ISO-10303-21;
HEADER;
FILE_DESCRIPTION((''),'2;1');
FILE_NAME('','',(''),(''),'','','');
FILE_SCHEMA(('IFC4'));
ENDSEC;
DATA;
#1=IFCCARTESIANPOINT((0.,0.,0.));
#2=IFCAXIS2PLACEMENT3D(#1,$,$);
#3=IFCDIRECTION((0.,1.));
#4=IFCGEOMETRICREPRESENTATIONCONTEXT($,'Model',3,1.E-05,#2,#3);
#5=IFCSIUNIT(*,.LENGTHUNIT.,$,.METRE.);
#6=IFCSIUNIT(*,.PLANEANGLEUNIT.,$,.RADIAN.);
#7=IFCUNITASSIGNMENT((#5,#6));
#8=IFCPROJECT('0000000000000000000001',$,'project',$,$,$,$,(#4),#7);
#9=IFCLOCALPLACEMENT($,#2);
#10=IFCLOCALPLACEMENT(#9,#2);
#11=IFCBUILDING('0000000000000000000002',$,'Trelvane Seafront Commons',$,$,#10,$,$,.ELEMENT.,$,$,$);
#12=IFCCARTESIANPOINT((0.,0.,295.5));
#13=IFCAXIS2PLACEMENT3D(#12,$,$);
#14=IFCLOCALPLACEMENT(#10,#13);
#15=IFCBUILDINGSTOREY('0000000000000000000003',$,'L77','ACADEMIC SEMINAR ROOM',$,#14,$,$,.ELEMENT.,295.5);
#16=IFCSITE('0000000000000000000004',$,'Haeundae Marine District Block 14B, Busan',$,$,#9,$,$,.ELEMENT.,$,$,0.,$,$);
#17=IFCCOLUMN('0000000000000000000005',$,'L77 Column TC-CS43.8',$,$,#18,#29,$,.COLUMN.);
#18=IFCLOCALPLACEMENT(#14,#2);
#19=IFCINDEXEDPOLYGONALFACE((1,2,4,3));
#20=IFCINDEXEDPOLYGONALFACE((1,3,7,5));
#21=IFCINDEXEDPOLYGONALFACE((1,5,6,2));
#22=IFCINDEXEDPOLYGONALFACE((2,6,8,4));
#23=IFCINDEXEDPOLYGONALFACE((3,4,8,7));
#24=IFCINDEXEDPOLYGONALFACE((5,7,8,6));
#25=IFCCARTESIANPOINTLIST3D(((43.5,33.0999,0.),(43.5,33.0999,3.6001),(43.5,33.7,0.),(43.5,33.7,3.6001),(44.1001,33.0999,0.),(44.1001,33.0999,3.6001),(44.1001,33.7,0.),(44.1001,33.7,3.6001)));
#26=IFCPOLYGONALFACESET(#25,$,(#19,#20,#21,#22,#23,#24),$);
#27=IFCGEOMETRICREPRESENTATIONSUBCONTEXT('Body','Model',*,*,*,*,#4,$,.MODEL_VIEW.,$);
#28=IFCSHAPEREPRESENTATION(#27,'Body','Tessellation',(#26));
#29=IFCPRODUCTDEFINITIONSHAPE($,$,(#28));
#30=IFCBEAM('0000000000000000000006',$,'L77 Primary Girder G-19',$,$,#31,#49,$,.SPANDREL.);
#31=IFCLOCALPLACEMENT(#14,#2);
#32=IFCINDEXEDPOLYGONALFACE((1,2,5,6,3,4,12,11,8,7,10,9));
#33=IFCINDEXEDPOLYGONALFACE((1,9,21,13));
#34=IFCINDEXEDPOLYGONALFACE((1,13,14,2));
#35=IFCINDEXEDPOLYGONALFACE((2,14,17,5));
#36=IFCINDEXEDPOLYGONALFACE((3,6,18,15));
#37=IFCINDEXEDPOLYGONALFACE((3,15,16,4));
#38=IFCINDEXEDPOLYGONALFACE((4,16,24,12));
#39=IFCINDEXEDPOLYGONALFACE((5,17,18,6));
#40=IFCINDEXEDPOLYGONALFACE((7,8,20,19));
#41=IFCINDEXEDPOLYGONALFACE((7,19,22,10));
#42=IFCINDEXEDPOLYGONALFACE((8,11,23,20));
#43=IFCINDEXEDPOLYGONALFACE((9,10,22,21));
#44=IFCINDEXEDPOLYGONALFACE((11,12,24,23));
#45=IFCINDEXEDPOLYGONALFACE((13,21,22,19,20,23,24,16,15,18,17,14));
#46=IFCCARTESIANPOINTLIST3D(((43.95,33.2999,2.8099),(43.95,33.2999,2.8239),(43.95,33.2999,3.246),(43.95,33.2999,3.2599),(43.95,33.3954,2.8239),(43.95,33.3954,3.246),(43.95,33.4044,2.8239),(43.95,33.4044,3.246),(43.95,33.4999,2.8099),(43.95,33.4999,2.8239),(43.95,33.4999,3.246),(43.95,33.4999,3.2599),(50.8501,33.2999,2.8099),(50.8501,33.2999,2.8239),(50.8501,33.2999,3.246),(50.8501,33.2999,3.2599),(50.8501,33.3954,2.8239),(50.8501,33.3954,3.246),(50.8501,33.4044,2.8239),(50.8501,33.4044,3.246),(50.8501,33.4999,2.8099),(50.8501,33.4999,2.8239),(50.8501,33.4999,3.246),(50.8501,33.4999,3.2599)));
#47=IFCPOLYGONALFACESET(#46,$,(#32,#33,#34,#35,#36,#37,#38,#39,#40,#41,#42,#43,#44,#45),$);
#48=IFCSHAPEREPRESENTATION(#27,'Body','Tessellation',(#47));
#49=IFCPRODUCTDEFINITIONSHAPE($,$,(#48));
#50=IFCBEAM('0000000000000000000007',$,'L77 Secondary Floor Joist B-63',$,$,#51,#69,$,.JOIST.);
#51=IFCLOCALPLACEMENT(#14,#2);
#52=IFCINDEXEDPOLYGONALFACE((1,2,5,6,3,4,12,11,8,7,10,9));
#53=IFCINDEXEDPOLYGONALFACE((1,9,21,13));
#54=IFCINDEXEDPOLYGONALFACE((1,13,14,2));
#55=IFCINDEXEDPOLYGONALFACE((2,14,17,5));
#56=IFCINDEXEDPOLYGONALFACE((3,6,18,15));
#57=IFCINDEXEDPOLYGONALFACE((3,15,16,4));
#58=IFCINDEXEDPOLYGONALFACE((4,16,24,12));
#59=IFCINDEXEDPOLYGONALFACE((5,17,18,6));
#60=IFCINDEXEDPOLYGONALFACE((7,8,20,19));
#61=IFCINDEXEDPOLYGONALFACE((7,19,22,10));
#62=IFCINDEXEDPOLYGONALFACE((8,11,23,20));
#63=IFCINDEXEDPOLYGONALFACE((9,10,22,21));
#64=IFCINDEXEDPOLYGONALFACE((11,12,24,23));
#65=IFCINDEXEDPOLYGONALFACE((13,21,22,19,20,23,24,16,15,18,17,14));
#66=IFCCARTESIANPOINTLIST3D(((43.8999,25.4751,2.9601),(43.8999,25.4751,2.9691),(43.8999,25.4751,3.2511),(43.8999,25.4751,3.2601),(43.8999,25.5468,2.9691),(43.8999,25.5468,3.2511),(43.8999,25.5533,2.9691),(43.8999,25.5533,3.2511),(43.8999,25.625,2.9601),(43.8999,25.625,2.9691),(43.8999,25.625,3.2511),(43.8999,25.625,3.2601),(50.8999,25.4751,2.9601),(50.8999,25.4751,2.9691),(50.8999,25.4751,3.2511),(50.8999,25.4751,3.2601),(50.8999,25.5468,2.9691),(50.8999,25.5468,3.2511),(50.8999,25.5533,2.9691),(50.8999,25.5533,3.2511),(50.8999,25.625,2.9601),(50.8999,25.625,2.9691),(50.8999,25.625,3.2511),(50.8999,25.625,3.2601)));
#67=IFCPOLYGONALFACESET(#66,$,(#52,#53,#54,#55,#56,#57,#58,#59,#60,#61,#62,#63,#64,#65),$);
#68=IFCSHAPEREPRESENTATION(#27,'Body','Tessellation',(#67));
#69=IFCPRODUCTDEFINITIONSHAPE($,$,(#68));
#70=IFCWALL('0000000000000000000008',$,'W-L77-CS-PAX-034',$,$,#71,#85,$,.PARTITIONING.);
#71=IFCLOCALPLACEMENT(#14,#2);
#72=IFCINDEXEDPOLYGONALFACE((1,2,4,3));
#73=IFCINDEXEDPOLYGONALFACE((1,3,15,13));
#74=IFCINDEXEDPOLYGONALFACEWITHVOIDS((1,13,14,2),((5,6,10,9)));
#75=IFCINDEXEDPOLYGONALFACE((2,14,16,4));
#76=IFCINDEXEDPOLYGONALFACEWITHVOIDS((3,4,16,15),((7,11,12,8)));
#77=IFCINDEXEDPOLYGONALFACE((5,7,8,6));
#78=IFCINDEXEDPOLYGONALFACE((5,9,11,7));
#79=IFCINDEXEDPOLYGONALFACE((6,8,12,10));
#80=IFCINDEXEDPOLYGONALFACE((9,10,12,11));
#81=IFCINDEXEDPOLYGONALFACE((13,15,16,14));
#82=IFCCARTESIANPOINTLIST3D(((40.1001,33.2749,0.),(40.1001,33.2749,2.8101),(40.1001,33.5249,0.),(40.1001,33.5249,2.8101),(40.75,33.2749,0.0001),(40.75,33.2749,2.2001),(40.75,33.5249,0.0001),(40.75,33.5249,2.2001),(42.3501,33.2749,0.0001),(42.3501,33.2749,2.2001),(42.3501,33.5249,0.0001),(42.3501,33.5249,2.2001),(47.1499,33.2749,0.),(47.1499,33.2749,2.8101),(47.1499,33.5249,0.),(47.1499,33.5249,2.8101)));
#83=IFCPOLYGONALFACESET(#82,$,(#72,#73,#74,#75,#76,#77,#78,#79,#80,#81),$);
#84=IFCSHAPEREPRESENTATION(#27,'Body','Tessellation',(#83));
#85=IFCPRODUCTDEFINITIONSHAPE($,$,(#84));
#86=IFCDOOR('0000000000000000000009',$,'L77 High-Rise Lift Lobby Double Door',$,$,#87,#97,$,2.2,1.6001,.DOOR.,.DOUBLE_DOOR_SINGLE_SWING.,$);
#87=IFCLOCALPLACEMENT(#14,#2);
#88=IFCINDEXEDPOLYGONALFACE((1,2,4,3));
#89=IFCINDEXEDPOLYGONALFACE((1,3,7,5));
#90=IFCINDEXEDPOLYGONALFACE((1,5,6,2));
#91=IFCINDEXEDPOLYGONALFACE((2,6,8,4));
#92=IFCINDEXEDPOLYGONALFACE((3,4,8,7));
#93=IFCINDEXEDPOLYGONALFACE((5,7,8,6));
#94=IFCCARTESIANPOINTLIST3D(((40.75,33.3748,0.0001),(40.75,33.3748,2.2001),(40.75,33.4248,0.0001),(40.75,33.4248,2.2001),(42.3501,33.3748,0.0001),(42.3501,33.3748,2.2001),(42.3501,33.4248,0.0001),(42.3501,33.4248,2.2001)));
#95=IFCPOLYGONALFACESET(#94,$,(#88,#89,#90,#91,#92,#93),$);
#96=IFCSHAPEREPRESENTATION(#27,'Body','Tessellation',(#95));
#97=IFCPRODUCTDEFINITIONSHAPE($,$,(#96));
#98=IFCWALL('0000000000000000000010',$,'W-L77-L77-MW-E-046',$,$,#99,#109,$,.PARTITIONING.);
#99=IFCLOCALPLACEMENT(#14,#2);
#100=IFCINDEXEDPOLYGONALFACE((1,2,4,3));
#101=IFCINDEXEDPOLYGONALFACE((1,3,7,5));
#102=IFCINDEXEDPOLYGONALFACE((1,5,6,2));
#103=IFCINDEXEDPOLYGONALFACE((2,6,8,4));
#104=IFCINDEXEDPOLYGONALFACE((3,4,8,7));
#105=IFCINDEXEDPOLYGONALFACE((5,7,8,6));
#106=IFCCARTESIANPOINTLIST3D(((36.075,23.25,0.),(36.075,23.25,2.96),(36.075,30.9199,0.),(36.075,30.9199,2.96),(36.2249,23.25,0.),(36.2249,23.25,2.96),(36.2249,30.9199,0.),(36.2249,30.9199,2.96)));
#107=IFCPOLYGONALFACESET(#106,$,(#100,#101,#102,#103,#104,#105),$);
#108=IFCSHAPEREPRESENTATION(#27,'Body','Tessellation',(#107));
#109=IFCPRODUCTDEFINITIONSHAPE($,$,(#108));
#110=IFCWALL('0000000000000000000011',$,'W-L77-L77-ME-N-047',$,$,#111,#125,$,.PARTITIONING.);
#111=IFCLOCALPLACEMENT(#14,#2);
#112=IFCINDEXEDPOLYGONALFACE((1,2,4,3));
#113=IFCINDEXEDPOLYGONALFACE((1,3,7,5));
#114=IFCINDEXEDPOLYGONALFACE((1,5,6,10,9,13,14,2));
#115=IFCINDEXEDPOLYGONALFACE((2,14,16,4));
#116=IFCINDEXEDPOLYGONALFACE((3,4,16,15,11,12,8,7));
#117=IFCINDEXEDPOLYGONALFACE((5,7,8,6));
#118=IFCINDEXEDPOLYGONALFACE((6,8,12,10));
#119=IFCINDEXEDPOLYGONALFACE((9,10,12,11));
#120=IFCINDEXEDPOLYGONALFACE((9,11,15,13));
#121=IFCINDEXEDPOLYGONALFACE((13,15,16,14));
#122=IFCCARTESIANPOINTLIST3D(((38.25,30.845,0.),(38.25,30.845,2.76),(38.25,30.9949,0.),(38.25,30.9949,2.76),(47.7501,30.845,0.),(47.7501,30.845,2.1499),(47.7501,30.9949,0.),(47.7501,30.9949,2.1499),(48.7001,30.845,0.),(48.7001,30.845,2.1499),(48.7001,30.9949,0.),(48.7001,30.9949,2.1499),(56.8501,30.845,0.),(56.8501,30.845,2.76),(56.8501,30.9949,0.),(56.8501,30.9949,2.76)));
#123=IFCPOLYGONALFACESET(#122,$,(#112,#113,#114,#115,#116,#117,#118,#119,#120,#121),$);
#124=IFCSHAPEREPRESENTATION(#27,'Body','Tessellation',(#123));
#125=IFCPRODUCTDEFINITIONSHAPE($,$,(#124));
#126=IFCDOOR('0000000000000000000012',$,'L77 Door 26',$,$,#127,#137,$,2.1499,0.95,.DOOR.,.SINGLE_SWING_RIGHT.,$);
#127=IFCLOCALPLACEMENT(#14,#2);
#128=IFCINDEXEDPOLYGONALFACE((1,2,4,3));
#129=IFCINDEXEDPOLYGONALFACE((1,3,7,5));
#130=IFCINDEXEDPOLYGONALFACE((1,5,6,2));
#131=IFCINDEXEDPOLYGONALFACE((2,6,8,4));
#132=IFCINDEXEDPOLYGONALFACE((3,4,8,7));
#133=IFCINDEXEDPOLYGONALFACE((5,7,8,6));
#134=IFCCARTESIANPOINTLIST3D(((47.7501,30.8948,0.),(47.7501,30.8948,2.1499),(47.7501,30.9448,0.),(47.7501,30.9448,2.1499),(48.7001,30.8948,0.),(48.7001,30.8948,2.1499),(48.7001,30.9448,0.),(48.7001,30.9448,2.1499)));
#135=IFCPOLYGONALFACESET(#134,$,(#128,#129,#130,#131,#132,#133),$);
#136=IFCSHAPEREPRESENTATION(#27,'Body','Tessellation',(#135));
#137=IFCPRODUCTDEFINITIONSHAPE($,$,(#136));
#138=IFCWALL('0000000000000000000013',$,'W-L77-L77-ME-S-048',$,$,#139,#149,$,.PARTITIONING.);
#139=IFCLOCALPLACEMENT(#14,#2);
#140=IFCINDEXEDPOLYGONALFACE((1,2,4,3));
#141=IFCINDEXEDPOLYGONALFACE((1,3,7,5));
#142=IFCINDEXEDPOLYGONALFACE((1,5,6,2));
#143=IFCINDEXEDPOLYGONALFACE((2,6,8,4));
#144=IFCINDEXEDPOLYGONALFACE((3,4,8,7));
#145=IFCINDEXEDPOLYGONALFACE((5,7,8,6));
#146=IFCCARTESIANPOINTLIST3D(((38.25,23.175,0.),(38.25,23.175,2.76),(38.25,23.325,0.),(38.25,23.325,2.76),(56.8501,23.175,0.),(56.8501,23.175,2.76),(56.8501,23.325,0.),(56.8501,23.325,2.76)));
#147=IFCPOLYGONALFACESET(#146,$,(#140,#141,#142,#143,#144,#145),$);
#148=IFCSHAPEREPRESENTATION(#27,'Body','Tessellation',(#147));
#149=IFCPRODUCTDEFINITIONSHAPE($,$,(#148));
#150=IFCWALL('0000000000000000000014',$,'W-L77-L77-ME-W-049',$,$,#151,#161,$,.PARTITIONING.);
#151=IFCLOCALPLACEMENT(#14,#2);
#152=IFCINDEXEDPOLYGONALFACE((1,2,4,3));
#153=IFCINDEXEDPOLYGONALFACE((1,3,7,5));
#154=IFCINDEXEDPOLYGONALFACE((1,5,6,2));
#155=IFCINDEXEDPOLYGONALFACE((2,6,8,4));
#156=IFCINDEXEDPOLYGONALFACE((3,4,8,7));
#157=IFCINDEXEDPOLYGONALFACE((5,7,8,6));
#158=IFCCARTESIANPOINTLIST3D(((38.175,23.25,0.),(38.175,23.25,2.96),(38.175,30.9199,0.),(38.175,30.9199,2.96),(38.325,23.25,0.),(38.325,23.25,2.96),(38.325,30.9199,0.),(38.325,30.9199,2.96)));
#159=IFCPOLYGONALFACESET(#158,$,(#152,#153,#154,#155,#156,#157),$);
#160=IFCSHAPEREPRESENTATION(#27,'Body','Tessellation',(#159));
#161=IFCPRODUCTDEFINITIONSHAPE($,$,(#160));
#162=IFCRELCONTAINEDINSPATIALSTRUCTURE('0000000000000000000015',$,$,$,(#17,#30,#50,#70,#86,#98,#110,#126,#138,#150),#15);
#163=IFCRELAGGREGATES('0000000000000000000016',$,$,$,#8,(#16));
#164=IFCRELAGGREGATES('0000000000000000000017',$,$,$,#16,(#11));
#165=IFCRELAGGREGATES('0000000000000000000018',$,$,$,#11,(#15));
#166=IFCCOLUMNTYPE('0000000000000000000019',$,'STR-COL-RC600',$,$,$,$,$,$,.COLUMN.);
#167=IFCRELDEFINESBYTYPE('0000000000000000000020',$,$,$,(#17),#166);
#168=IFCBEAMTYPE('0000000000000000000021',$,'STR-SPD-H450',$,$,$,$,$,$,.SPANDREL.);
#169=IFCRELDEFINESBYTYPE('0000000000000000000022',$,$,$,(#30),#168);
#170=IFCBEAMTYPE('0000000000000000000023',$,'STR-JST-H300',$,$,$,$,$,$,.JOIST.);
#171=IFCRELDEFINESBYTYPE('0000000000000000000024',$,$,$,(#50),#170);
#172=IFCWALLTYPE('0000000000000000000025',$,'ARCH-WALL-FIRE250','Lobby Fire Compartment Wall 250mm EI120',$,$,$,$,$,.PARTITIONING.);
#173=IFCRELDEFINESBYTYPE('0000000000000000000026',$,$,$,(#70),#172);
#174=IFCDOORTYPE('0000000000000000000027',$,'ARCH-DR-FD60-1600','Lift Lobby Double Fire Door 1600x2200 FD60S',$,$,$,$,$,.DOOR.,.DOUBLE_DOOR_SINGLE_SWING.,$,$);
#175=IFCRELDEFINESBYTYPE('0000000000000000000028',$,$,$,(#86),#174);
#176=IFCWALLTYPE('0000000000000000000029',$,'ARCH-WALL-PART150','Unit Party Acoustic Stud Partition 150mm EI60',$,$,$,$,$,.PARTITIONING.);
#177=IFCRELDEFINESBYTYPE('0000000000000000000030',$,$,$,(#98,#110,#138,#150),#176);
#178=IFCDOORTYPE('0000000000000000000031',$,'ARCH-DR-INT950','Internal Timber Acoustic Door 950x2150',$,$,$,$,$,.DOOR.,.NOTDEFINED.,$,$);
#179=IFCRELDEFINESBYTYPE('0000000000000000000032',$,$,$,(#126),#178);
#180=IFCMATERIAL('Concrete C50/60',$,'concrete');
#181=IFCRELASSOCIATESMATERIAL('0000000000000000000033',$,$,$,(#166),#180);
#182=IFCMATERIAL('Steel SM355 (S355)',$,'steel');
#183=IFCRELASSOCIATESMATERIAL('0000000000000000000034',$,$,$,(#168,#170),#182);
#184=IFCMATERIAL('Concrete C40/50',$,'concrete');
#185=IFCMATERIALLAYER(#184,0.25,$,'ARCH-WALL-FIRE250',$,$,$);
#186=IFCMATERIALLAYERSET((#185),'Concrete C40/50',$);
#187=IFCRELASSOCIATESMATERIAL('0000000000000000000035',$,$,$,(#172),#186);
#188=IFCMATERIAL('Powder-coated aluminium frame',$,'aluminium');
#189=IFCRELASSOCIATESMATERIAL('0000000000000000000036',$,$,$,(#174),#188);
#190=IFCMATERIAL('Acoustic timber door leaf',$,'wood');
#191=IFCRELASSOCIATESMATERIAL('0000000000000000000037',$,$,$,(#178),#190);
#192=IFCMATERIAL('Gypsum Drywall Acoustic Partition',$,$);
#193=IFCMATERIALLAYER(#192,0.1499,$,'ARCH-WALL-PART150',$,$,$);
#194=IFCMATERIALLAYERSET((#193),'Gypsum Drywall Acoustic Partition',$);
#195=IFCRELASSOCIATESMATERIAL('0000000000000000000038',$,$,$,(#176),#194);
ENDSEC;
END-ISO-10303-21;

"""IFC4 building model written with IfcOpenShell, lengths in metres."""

from ifc_helpers import new_model, si_unit, direction, frame, frame_2d, origin, origin_2d, place, context, subcontext, project, spatial, rectangle, i_section, extrude, source, transform, mapped, material, layer, layer_set, material_profile, profile_set, type_object, element, fill, save


model = new_model("IFC4")

# Units and contexts
model_context = context("Model", 3, precision=1e-05, world=origin(), true_north=direction((0.0, 1.0)))
body_context = subcontext(model_context, "Body", "Model", "MODEL_VIEW")
ifc_project = project(units=[si_unit("LENGTHUNIT", "METRE"), si_unit("PLANEANGLEUNIT", "RADIAN")], contexts=[model_context])

# Site, building, storey
site_placement = place(None, origin())
site = spatial("IfcSite", under=ifc_project, at=site_placement, Name="Haeundae Marine District Block 14B, Busan", CompositionType="ELEMENT", RefElevation=0.0)
building_placement = place(site_placement, origin())
building = spatial("IfcBuilding", under=site, at=building_placement, Name="Trelvane Seafront Commons", CompositionType="ELEMENT")
storey_placement = place(building_placement, frame((0.0, 0.0, 295.5)))
storey = spatial("IfcBuildingStorey", under=building, at=storey_placement, Name="L77", Description="ACADEMIC SEMINAR ROOM", CompositionType="ELEMENT", Elevation=295.5)

# Column
ifc_material_1 = material(Name="Concrete C50/60", Category="concrete")
ifc_material_profile_1 = material_profile(ifc_material_1, rectangle(XDim=0.6001, YDim=0.6001, at=origin_2d()), Name="RC-600x600")
ifc_profile_set_1 = profile_set([ifc_material_profile_1], Name="Concrete C50/60")
column_type = type_object("IfcColumnType", Name="STR-COL-RC600", PredefinedType="COLUMN", material=ifc_profile_set_1)
shared_shape_1 = source(origin(), body_context, "Body", "SweptSolid", [
    extrude(rectangle(XDim=0.6001, YDim=0.6001, at=origin_2d()), origin(), (0.0, 0.0, 1.0), 3.6001),
])
column_placement = place(storey_placement, frame((43.8, 33.3999, 0.0), z_axis=(0.0, 0.0, 1.0), x_axis=(1.0, 0.0, 0.0)))
element("IfcColumn", 1, at=column_placement, inside=storey, type_object=column_type, Name="L77 Column TC-CS43.8", PredefinedType="COLUMN", context=body_context, shape_type="MappedRepresentation", body=[
    mapped(shared_shape_1, transform((0.0, 0.0, 0.0), x_axis=(1.0, 0.0, 0.0), y_axis=(0.0, 1.0, 0.0), z_axis=(0.0, 0.0, 1.0), scale=1.0)),
])

# Beams
ifc_material_2 = material(Name="Steel SM355 (S355)", Category="steel")
ifc_material_profile_2 = material_profile(ifc_material_2, i_section(OverallWidth=0.2, OverallDepth=0.45, WebThickness=0.009, FlangeThickness=0.0139, at=origin_2d()), Name="H-450x200x9x14")
ifc_profile_set_2 = profile_set([ifc_material_profile_2], Name="Steel SM355 (S355)")
beam_type_1 = type_object("IfcBeamType", Name="STR-SPD-H450", PredefinedType="SPANDREL", material=ifc_profile_set_2)
shared_shape_2 = source(origin(), body_context, "Body", "SweptSolid", [
    extrude(i_section(OverallWidth=0.2, OverallDepth=0.45, WebThickness=0.009, FlangeThickness=0.0139, at=origin_2d()), origin(), (0.0, 0.0, 1.0), 6.9001),
])
beam_1_placement = place(storey_placement, frame((43.95, 33.3999, 3.0349), z_axis=(1.0, 0.0, 0.0), x_axis=(0.0, 1.0, 0.0)))
element("IfcBeam", 2, at=beam_1_placement, inside=storey, type_object=beam_type_1, Name="L77 Primary Girder G-19", PredefinedType="SPANDREL", context=body_context, shape_type="MappedRepresentation", body=[
    mapped(shared_shape_2, transform((0.0, 0.0, 0.0), x_axis=(1.0, 0.0, 0.0), y_axis=(0.0, 1.0, 0.0), z_axis=(0.0, 0.0, 1.0), scale=1.0)),
])
ifc_material_profile_3 = material_profile(ifc_material_2, i_section(OverallWidth=0.1499, OverallDepth=0.3, WebThickness=0.0066, FlangeThickness=0.009, at=origin_2d()), Name="H-300x150x6.5x9")
ifc_profile_set_3 = profile_set([ifc_material_profile_3], Name="Steel SM355 (S355)")
beam_type_2 = type_object("IfcBeamType", Name="STR-JST-H300", PredefinedType="JOIST", material=ifc_profile_set_3)
shared_shape_3 = source(origin(), body_context, "Body", "SweptSolid", [
    extrude(i_section(OverallWidth=0.1499, OverallDepth=0.3, WebThickness=0.0066, FlangeThickness=0.009, at=origin_2d()), origin(), (0.0, 0.0, 1.0), 7.0),
])
beam_2_placement = place(storey_placement, frame((43.8999, 25.55, 3.1101), z_axis=(1.0, 0.0, 0.0), x_axis=(0.0, 1.0, 0.0)))
element("IfcBeam", 3, at=beam_2_placement, inside=storey, type_object=beam_type_2, Name="L77 Secondary Floor Joist B-63", PredefinedType="JOIST", context=body_context, shape_type="MappedRepresentation", body=[
    mapped(shared_shape_3, transform((0.0, 0.0, 0.0), x_axis=(1.0, 0.0, 0.0), y_axis=(0.0, 1.0, 0.0), z_axis=(0.0, 0.0, 1.0), scale=1.0)),
])

# Wall, opening, door
ifc_material_3 = material(Name="Concrete C40/50", Category="concrete")
ifc_layer_1 = layer(ifc_material_3, 0.25, Name="ARCH-WALL-FIRE250")
ifc_layer_set_1 = layer_set([ifc_layer_1], Name="Concrete C40/50")
wall_type_1 = type_object("IfcWallType", Name="ARCH-WALL-FIRE250", Description="Lobby Fire Compartment Wall 250mm EI120", PredefinedType="PARTITIONING", material=ifc_layer_set_1)
wall_1_placement = place(storey_placement, frame((40.1001, 33.3999, 0.0), z_axis=(0.0, 0.0, 1.0), x_axis=(1.0, 0.0, 0.0)))
wall_1 = element("IfcWall", 4, at=wall_1_placement, inside=storey, type_object=wall_type_1, Name="W-L77-CS-PAX-034", PredefinedType="PARTITIONING", context=body_context, shape_type="SweptSolid", body=[
    extrude(rectangle(XDim=7.0498, YDim=0.25, at=frame_2d((3.5249, 0.0))), origin(), (0.0, 0.0, 1.0), 2.8101),
])
opening_1_placement = place(wall_1_placement, frame((0.6499, 0.0, 0.0)))
opening_1 = element("IfcOpeningElement", 5, at=opening_1_placement, cuts=wall_1, PredefinedType="OPENING", context=body_context, shape_type="SweptSolid", body=[
    extrude(rectangle(XDim=1.6001, YDim=2.2, at=frame_2d((0.8, 1.1001))), frame((0.0, 0.135, 0.0), z_axis=(0.0, -1.0, 0.0), x_axis=(1.0, 0.0, 0.0)), (0.0, 0.0, 1.0), 0.27),
])
ifc_material_4 = material(Name="Powder-coated aluminium frame", Category="aluminium")
door_type_1 = type_object("IfcDoorType", Name="ARCH-DR-FD60-1600", Description="Lift Lobby Double Fire Door 1600x2200 FD60S", OperationType="DOUBLE_DOOR_SINGLE_SWING", PredefinedType="DOOR", material=ifc_material_4)
shared_shape_4 = source(origin(), body_context, "Body", "SweptSolid", [
    extrude(rectangle(XDim=1.6001, YDim=2.2, at=frame_2d((0.8, 1.1001))), frame((0.0, 0.0249, 0.0), z_axis=(0.0, -1.0, 0.0), x_axis=(1.0, 0.0, 0.0)), (0.0, 0.0, 1.0), 0.05),
])
door_1_placement = place(opening_1_placement, origin())
door_1 = element("IfcDoor", 6, at=door_1_placement, inside=storey, type_object=door_type_1, Name="L77 High-Rise Lift Lobby Double Door", OperationType="DOUBLE_DOOR_SINGLE_SWING", OverallHeight=2.2, OverallWidth=1.6001, PredefinedType="DOOR", context=body_context, shape_type="MappedRepresentation", body=[
    mapped(shared_shape_4, transform((0.0, 0.0, 0.0), x_axis=(1.0, 0.0, 0.0), y_axis=(0.0, 1.0, 0.0), z_axis=(0.0, 0.0, 1.0), scale=1.0)),
])
fill(opening_1, door_1)

# Shared definitions
shared_shape_5 = source(origin(), body_context, "Body", "SweptSolid", [
    extrude(rectangle(XDim=0.95, YDim=2.1499, at=frame_2d((0.4751, 1.075))), frame((0.0, 0.0249, 0.0), z_axis=(0.0, -1.0, 0.0), x_axis=(1.0, 0.0, 0.0)), (0.0, 0.0, 1.0), 0.05),
])
ifc_material_5 = material(Name="Gypsum Drywall Acoustic Partition")
ifc_material_6 = material(Name="Acoustic timber door leaf", Category="wood")
door_type_2 = type_object("IfcDoorType", Name="ARCH-DR-INT950", Description="Internal Timber Acoustic Door 950x2150", OperationType="NOTDEFINED", PredefinedType="DOOR", material=ifc_material_6)

# Wall
ifc_layer_2 = layer(ifc_material_5, 0.1499, Name="ARCH-WALL-PART150")
ifc_layer_set_2 = layer_set([ifc_layer_2], Name="Gypsum Drywall Acoustic Partition")
wall_type_2 = type_object("IfcWallType", Name="ARCH-WALL-PART150", Description="Unit Party Acoustic Stud Partition 150mm EI60", PredefinedType="PARTITIONING", material=ifc_layer_set_2)
wall_2_placement = place(storey_placement, frame((36.1499, 23.25, 0.0), z_axis=(0.0, 0.0, 1.0), x_axis=(0.0, 1.0, 0.0)))
element("IfcWall", 7, at=wall_2_placement, inside=storey, type_object=wall_type_2, Name="W-L77-L77-MW-E-046", PredefinedType="PARTITIONING", context=body_context, shape_type="SweptSolid", body=[
    extrude(rectangle(XDim=7.6699, YDim=0.1499, at=frame_2d((3.835, 0.0))), origin(), (0.0, 0.0, 1.0), 2.96),
])

# Wall, opening, door
wall_3_placement = place(storey_placement, frame((38.25, 30.9199, 0.0), z_axis=(0.0, 0.0, 1.0), x_axis=(1.0, 0.0, 0.0)))
wall_3 = element("IfcWall", 8, at=wall_3_placement, inside=storey, type_object=wall_type_2, Name="W-L77-L77-ME-N-047", PredefinedType="PARTITIONING", context=body_context, shape_type="SweptSolid", body=[
    extrude(rectangle(XDim=18.6001, YDim=0.1499, at=frame_2d((9.3, 0.0))), origin(), (0.0, 0.0, 1.0), 2.76),
])
opening_2_placement = place(wall_3_placement, frame((9.5, 0.0, 0.0)))
opening_2 = element("IfcOpeningElement", 9, at=opening_2_placement, cuts=wall_3, PredefinedType="OPENING", context=body_context, shape_type="SweptSolid", body=[
    extrude(rectangle(XDim=0.95, YDim=2.1499, at=frame_2d((0.4751, 1.075))), frame((0.0, 0.085, 0.0), z_axis=(0.0, -1.0, 0.0), x_axis=(1.0, 0.0, 0.0)), (0.0, 0.0, 1.0), 0.1699),
])
door_2_placement = place(opening_2_placement, origin())
door_2 = element("IfcDoor", 10, at=door_2_placement, inside=storey, type_object=door_type_2, Name="L77 Door 26", OperationType="SINGLE_SWING_RIGHT", OverallHeight=2.1499, OverallWidth=0.95, PredefinedType="DOOR", context=body_context, shape_type="MappedRepresentation", body=[
    mapped(shared_shape_5, transform((0.0, 0.0, 0.0), x_axis=(1.0, 0.0, 0.0), y_axis=(0.0, 1.0, 0.0), z_axis=(0.0, 0.0, 1.0), scale=1.0)),
])
fill(opening_2, door_2)

# Walls
wall_4_placement = place(storey_placement, frame((38.25, 23.25, 0.0), z_axis=(0.0, 0.0, 1.0), x_axis=(1.0, 0.0, 0.0)))
element("IfcWall", 11, at=wall_4_placement, inside=storey, type_object=wall_type_2, Name="W-L77-L77-ME-S-048", PredefinedType="PARTITIONING", context=body_context, shape_type="SweptSolid", body=[
    extrude(rectangle(XDim=18.6001, YDim=0.1499, at=frame_2d((9.3, 0.0))), origin(), (0.0, 0.0, 1.0), 2.76),
])
wall_5_placement = place(storey_placement, frame((38.25, 23.25, 0.0), z_axis=(0.0, 0.0, 1.0), x_axis=(0.0, 1.0, 0.0)))
element("IfcWall", 12, at=wall_5_placement, inside=storey, type_object=wall_type_2, Name="W-L77-L77-ME-W-049", PredefinedType="PARTITIONING", context=body_context, shape_type="SweptSolid", body=[
    extrude(rectangle(XDim=7.6699, YDim=0.1499, at=frame_2d((3.835, 0.0))), origin(), (0.0, 0.0, 1.0), 2.96),
])

save(model, "model.ifc")
